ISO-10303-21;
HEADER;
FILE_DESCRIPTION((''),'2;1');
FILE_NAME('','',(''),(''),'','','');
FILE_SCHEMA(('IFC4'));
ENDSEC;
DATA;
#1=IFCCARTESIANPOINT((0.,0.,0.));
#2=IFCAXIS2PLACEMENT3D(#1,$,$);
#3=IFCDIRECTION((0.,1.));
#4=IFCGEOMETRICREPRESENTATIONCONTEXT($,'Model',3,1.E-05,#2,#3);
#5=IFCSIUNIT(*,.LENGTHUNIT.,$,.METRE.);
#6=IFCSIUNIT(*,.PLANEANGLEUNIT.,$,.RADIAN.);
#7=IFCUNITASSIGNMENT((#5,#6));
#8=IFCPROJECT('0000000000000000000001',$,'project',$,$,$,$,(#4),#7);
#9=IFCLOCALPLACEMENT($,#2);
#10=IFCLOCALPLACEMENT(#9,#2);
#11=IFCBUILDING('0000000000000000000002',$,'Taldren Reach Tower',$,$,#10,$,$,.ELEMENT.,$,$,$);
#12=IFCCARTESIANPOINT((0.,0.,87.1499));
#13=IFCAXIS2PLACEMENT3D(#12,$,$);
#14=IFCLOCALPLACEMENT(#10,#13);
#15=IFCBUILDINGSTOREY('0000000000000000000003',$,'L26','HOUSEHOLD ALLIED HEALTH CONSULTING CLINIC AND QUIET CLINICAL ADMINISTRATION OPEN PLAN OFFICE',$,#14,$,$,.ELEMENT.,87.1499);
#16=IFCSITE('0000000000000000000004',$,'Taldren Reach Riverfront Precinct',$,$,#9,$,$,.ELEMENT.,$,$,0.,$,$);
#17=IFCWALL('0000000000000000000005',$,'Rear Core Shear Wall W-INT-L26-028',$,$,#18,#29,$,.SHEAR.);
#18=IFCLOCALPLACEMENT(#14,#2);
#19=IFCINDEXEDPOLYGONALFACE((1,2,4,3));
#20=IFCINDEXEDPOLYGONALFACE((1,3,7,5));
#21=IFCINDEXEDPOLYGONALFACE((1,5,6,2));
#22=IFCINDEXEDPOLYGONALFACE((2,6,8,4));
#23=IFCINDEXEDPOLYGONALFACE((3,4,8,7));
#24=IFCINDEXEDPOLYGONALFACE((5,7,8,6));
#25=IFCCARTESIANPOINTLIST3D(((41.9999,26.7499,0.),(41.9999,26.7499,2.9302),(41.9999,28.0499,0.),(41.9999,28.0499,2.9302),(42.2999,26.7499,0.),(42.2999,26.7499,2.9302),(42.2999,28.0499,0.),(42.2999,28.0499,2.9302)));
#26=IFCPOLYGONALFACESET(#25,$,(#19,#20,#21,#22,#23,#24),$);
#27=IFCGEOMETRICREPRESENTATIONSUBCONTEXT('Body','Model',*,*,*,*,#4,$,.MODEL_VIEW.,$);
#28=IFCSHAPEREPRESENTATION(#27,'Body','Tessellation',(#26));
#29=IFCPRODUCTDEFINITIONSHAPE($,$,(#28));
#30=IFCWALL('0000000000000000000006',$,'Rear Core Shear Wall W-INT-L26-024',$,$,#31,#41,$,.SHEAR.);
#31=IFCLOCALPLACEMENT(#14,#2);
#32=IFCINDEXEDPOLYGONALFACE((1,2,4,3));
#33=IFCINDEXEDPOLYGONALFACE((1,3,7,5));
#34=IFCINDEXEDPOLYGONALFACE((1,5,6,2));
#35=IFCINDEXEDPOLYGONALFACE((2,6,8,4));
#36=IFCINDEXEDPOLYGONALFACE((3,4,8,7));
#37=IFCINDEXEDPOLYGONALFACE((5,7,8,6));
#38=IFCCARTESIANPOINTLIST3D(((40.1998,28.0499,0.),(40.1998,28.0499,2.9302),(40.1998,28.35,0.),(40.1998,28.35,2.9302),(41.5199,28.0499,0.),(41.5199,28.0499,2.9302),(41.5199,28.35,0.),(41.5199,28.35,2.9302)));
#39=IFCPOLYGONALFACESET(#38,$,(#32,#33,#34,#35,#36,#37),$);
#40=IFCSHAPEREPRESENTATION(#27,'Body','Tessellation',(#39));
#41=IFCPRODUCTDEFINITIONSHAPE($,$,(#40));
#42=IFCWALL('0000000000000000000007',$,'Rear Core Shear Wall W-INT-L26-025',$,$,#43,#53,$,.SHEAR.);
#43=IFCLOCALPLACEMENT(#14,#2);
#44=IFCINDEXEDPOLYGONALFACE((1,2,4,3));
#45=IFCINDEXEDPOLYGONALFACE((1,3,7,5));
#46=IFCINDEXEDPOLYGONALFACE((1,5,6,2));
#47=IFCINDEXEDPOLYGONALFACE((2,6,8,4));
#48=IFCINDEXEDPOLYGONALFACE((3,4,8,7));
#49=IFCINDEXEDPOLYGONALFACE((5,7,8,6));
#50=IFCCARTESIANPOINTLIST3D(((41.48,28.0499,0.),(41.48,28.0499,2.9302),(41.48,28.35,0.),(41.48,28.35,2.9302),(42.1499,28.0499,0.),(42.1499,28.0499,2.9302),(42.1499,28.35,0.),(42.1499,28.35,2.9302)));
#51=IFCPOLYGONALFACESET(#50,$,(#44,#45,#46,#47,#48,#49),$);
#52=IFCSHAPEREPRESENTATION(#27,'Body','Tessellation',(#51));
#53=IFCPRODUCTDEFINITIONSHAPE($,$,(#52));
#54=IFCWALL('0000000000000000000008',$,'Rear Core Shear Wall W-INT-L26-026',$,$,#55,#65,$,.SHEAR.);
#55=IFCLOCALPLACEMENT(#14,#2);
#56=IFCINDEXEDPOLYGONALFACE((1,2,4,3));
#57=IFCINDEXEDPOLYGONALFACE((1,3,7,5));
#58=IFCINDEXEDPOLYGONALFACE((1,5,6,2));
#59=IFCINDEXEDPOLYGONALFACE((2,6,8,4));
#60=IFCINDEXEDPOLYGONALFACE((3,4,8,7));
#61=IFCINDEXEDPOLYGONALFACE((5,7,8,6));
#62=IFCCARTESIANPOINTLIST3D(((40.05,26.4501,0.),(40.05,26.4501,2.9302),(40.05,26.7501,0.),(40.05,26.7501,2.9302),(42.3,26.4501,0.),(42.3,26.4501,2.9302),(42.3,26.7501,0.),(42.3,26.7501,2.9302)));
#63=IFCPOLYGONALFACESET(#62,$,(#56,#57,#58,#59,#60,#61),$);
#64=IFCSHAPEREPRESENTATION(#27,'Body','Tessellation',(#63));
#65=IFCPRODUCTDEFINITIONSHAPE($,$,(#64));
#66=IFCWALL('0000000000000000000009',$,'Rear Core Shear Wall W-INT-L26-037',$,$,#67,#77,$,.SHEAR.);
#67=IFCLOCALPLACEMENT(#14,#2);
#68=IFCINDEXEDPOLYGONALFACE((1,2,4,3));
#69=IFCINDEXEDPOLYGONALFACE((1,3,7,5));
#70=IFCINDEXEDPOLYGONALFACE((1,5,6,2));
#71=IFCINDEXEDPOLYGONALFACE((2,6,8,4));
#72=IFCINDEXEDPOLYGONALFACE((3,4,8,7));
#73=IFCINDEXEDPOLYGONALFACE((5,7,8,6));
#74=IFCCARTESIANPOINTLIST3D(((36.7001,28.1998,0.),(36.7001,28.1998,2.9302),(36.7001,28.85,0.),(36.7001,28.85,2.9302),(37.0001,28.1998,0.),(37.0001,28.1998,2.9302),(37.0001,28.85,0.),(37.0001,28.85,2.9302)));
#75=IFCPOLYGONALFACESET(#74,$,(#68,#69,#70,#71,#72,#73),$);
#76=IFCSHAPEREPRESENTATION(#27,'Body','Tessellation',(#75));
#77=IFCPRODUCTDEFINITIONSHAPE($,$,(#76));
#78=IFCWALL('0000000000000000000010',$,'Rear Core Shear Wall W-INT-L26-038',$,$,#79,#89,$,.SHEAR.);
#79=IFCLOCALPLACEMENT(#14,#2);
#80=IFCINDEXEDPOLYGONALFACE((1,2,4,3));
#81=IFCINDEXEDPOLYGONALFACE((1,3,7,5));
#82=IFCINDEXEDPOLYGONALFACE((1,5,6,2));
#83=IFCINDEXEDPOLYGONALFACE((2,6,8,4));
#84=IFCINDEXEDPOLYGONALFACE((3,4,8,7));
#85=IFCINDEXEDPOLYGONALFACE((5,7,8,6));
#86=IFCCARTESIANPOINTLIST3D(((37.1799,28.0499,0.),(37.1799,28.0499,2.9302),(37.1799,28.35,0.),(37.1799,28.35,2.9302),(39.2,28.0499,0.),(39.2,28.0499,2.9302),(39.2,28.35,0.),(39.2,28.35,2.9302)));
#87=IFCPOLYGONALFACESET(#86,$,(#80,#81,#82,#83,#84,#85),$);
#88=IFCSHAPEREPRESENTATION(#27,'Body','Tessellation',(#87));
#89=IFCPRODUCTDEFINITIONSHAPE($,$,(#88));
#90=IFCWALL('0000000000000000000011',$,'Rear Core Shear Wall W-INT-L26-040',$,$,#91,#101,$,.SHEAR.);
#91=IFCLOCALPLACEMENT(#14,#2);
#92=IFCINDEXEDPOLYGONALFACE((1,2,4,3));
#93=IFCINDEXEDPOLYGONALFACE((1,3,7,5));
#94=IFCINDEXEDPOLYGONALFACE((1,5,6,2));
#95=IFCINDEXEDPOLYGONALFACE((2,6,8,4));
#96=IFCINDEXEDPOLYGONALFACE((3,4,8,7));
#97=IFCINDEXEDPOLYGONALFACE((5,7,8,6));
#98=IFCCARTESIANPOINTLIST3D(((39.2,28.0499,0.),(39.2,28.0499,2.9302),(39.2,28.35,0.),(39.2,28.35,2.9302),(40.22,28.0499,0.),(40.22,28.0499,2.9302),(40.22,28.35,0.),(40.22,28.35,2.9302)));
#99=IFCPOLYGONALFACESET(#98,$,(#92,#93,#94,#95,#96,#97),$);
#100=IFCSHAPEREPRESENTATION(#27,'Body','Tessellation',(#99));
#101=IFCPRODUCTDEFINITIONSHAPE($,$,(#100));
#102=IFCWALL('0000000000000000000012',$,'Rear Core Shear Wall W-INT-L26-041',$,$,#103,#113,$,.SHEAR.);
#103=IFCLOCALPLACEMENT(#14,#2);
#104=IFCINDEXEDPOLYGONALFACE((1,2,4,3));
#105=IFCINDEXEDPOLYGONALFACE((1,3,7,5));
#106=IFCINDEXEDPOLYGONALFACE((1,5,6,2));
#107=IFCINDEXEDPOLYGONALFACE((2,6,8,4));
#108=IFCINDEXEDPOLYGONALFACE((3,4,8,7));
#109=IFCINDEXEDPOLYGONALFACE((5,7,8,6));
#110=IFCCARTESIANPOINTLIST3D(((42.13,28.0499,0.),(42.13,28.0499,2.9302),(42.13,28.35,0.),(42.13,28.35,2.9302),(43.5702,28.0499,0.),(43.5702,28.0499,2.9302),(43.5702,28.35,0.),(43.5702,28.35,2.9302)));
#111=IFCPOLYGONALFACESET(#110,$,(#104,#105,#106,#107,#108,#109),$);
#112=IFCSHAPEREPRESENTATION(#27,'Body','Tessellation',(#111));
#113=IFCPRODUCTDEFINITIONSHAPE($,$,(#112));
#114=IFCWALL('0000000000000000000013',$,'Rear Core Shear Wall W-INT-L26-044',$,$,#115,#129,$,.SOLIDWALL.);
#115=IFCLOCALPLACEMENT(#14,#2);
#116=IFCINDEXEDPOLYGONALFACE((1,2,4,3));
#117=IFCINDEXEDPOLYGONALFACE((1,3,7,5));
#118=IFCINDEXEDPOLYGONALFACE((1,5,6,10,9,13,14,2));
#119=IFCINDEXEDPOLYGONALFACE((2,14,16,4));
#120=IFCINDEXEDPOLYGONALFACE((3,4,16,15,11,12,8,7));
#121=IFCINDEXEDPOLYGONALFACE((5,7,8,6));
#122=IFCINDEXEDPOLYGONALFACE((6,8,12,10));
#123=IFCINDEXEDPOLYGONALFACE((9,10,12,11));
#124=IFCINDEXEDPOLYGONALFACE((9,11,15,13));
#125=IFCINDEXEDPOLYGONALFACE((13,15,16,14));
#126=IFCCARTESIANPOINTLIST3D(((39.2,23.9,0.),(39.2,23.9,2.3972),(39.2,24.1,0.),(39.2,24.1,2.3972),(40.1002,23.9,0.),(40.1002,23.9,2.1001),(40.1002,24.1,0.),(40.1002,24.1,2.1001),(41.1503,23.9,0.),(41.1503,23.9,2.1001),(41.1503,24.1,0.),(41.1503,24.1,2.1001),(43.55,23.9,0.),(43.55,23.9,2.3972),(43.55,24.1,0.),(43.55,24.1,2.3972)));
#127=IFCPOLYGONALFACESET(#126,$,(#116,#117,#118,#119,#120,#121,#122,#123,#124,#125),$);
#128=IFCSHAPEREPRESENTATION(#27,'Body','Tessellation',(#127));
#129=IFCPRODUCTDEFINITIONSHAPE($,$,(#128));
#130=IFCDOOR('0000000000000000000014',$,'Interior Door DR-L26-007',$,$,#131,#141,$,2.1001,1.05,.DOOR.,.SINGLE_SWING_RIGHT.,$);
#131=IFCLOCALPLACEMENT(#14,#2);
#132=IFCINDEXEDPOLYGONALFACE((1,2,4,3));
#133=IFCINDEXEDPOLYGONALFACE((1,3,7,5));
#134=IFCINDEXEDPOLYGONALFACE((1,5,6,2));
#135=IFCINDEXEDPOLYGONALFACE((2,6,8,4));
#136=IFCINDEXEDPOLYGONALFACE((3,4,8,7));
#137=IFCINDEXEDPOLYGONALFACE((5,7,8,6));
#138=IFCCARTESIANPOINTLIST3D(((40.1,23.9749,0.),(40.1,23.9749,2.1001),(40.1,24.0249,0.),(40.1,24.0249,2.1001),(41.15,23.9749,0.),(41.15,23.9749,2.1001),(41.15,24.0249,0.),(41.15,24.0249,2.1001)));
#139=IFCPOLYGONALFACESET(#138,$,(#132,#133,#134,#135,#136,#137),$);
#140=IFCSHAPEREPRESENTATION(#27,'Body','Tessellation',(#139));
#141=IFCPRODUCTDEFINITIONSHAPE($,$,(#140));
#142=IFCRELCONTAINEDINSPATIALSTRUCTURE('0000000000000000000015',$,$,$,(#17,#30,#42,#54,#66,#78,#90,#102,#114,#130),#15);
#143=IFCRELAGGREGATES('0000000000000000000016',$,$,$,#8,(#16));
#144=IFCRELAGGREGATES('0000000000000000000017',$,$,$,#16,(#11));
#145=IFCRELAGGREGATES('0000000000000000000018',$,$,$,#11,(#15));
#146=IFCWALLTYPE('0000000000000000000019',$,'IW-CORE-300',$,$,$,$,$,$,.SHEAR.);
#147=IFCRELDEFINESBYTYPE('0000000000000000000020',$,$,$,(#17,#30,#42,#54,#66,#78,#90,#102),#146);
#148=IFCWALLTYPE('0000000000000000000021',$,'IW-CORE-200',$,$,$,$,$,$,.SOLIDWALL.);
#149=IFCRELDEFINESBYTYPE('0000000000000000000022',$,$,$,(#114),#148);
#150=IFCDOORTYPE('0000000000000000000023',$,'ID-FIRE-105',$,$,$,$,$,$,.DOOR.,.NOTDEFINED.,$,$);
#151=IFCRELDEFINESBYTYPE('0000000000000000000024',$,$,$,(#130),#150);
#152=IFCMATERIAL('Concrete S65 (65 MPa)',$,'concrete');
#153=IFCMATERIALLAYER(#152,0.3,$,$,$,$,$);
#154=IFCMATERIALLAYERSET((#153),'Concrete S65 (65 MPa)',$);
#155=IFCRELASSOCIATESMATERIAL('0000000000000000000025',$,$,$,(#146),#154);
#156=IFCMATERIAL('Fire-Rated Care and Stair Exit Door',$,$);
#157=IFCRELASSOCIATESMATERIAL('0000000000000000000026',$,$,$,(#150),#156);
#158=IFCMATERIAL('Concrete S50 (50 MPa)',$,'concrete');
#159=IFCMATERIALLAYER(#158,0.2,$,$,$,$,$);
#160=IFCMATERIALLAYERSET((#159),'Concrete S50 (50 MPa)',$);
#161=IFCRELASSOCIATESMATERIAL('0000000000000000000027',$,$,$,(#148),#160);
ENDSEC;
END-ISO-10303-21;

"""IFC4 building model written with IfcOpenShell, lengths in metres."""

from ifc_helpers import new_model, si_unit, direction, frame, frame_2d, origin, place, context, subcontext, project, spatial, rectangle, extrude, source, transform, mapped, material, layer, layer_set, type_object, element, fill, save


model = new_model("IFC4")

# Units and contexts
model_context = context("Model", 3, precision=1e-05, world=origin(), true_north=direction((0.0, 1.0)))
body_context = subcontext(model_context, "Body", "Model", "MODEL_VIEW")
ifc_project = project(units=[si_unit("LENGTHUNIT", "METRE"), si_unit("PLANEANGLEUNIT", "RADIAN")], contexts=[model_context])

# Site, building, storey
site_placement = place(None, origin())
site = spatial("IfcSite", under=ifc_project, at=site_placement, Name="Taldren Reach Riverfront Precinct", CompositionType="ELEMENT", RefElevation=0.0)
building_placement = place(site_placement, origin())
building = spatial("IfcBuilding", under=site, at=building_placement, Name="Taldren Reach Tower", CompositionType="ELEMENT")
storey_placement = place(building_placement, frame((0.0, 0.0, 87.1499)))
storey = spatial("IfcBuildingStorey", under=building, at=storey_placement, Name="L26", Description="HOUSEHOLD ALLIED HEALTH CONSULTING CLINIC AND QUIET CLINICAL ADMINISTRATION OPEN PLAN OFFICE", CompositionType="ELEMENT", Elevation=87.1499)

# Shared definitions
ifc_material_1 = material(Name="Concrete S65 (65 MPa)", Category="concrete")
ifc_layer_1 = layer(ifc_material_1, 0.3)
ifc_layer_set_1 = layer_set([ifc_layer_1], Name="Concrete S65 (65 MPa)")
wall_type_1 = type_object("IfcWallType", Name="IW-CORE-300", PredefinedType="SHEAR", material=ifc_layer_set_1)

# Shared definitions
ifc_material_2 = material(Name="Fire-Rated Care and Stair Exit Door")
door_type_1 = type_object("IfcDoorType", Name="ID-FIRE-105", OperationType="NOTDEFINED", PredefinedType="DOOR", material=ifc_material_2)
shared_shape_1 = source(origin(), body_context, "Body", "SweptSolid", [
    extrude(rectangle(XDim=1.05, YDim=2.1001, at=frame_2d((0.5249, 1.05))), frame((0.0, 0.0249, 0.0), z_axis=(0.0, -1.0, 0.0), x_axis=(1.0, 0.0, 0.0)), (0.0, 0.0, 1.0), 0.05),
])

# Walls
ifc_material_3 = material(Name="Concrete S50 (50 MPa)", Category="concrete")
ifc_layer_2 = layer(ifc_material_3, 0.2)
ifc_layer_set_2 = layer_set([ifc_layer_2], Name="Concrete S50 (50 MPa)")
wall_type_2 = type_object("IfcWallType", Name="IW-CORE-200", PredefinedType="SOLIDWALL", material=ifc_layer_set_2)
shared_shape_2 = source(origin(), body_context, "Body", "SweptSolid", [
    extrude(rectangle(XDim=1.3, YDim=0.3, at=frame_2d((0.6499, 0.0))), origin(), (0.0, 0.0, 1.0), 2.9302),
])
for number, where, z_axis, x_axis, name in (
    (1, (42.1499, 26.75, 0.0), (0.0, 0.0, 1.0), (0.0, 1.0, 0.0), "Rear Core Shear Wall W-INT-L26-028"),
):
    element("IfcWall", number, at=place(storey_placement, frame(where, z_axis=z_axis, x_axis=x_axis)), inside=storey, type_object=wall_type_1, Name=name, PredefinedType="SHEAR", context=body_context, shape_type="MappedRepresentation", body=[
        mapped(shared_shape_2, transform((0.0, 0.0, 0.0), scale=1.0)),
    ])
shared_shape_3 = source(origin(), body_context, "Body", "SweptSolid", [
    extrude(rectangle(XDim=1.3201, YDim=0.3, at=frame_2d((0.6602, 0.0))), origin(), (0.0, 0.0, 1.0), 2.9302),
])
wall_1_placement = place(storey_placement, frame((41.52, 28.2, 0.0), z_axis=(0.0, 0.0, 1.0), x_axis=(-1.0, 0.0, 0.0)))
element("IfcWall", 2, at=wall_1_placement, inside=storey, type_object=wall_type_1, Name="Rear Core Shear Wall W-INT-L26-024", PredefinedType="SHEAR", context=body_context, shape_type="MappedRepresentation", body=[
    mapped(shared_shape_3, transform((0.0, 0.0, 0.0), scale=1.0)),
])
shared_shape_4 = source(origin(), body_context, "Body", "SweptSolid", [
    extrude(rectangle(XDim=0.6699, YDim=0.3, at=frame_2d((0.335, 0.0))), origin(), (0.0, 0.0, 1.0), 2.9302),
])
wall_2_placement = place(storey_placement, frame((42.1499, 28.2, 0.0), z_axis=(0.0, 0.0, 1.0), x_axis=(-1.0, 0.0, 0.0)))
element("IfcWall", 3, at=wall_2_placement, inside=storey, type_object=wall_type_1, Name="Rear Core Shear Wall W-INT-L26-025", PredefinedType="SHEAR", context=body_context, shape_type="MappedRepresentation", body=[
    mapped(shared_shape_4, transform((0.0, 0.0, 0.0), scale=1.0)),
])
shared_shape_5 = source(origin(), body_context, "Body", "SweptSolid", [
    extrude(rectangle(XDim=2.25, YDim=0.3, at=frame_2d((1.125, 0.0))), origin(), (0.0, 0.0, 1.0), 2.9302),
])
wall_3_placement = place(storey_placement, frame((40.05, 26.6001, 0.0), z_axis=(0.0, 0.0, 1.0), x_axis=(1.0, 0.0, 0.0)))
element("IfcWall", 4, at=wall_3_placement, inside=storey, type_object=wall_type_1, Name="Rear Core Shear Wall W-INT-L26-026", PredefinedType="SHEAR", context=body_context, shape_type="MappedRepresentation", body=[
    mapped(shared_shape_5, transform((0.0, 0.0, 0.0), scale=1.0)),
])
shared_shape_6 = source(origin(), body_context, "Body", "SweptSolid", [
    extrude(rectangle(XDim=0.6501, YDim=0.3, at=frame_2d((0.3252, 0.0))), origin(), (0.0, 0.0, 1.0), 2.9302),
])
wall_4_placement = place(storey_placement, frame((36.8501, 28.8501, 0.0), z_axis=(0.0, 0.0, 1.0), x_axis=(0.0, -1.0, 0.0)))
element("IfcWall", 5, at=wall_4_placement, inside=storey, type_object=wall_type_1, Name="Rear Core Shear Wall W-INT-L26-037", PredefinedType="SHEAR", context=body_context, shape_type="MappedRepresentation", body=[
    mapped(shared_shape_6, transform((0.0, 0.0, 0.0), scale=1.0)),
])
shared_shape_7 = source(origin(), body_context, "Body", "SweptSolid", [
    extrude(rectangle(XDim=2.02, YDim=0.3, at=frame_2d((1.01, 0.0))), origin(), (0.0, 0.0, 1.0), 2.9302),
])
wall_5_placement = place(storey_placement, frame((37.1799, 28.2, 0.0), z_axis=(0.0, 0.0, 1.0), x_axis=(1.0, 0.0, 0.0)))
element("IfcWall", 6, at=wall_5_placement, inside=storey, type_object=wall_type_1, Name="Rear Core Shear Wall W-INT-L26-038", PredefinedType="SHEAR", context=body_context, shape_type="MappedRepresentation", body=[
    mapped(shared_shape_7, transform((0.0, 0.0, 0.0), scale=1.0)),
])
shared_shape_8 = source(origin(), body_context, "Body", "SweptSolid", [
    extrude(rectangle(XDim=1.02, YDim=0.3, at=frame_2d((0.51, 0.0))), origin(), (0.0, 0.0, 1.0), 2.9302),
])
wall_6_placement = place(storey_placement, frame((39.2, 28.2, 0.0), z_axis=(0.0, 0.0, 1.0), x_axis=(1.0, 0.0, 0.0)))
element("IfcWall", 7, at=wall_6_placement, inside=storey, type_object=wall_type_1, Name="Rear Core Shear Wall W-INT-L26-040", PredefinedType="SHEAR", context=body_context, shape_type="MappedRepresentation", body=[
    mapped(shared_shape_8, transform((0.0, 0.0, 0.0), scale=1.0)),
])
shared_shape_9 = source(origin(), body_context, "Body", "SweptSolid", [
    extrude(rectangle(XDim=1.4402, YDim=0.3, at=frame_2d((0.7202, 0.0))), origin(), (0.0, 0.0, 1.0), 2.9302),
])
wall_7_placement = place(storey_placement, frame((42.1299, 28.2, 0.0), z_axis=(0.0, 0.0, 1.0), x_axis=(1.0, 0.0, 0.0)))
element("IfcWall", 8, at=wall_7_placement, inside=storey, type_object=wall_type_1, Name="Rear Core Shear Wall W-INT-L26-041", PredefinedType="SHEAR", context=body_context, shape_type="MappedRepresentation", body=[
    mapped(shared_shape_9, transform((0.0, 0.0, 0.0), scale=1.0)),
])

# Wall, opening, door
shared_shape_10 = source(origin(), body_context, "Body", "SweptSolid", [
    extrude(rectangle(XDim=4.3501, YDim=0.2, at=frame_2d((2.175, 0.0))), origin(), (0.0, 0.0, 1.0), 2.3972),
])
wall_8_placement = place(storey_placement, frame((43.55, 24.0, 0.0), z_axis=(0.0, 0.0, 1.0), x_axis=(-1.0, 0.0, 0.0)))
wall_8 = element("IfcWall", 9, at=wall_8_placement, inside=storey, type_object=wall_type_2, Name="Rear Core Shear Wall W-INT-L26-044", PredefinedType="SOLIDWALL", context=body_context, shape_type="MappedRepresentation", body=[
    mapped(shared_shape_10, transform((0.0, 0.0, 0.0), scale=1.0)),
])
shared_shape_11 = source(origin(), body_context, "Body", "SweptSolid", [
    extrude(rectangle(XDim=1.05, YDim=2.1001, at=frame_2d((0.5249, 1.05))), frame((0.0, 0.1099, 0.0), z_axis=(0.0, -1.0, 0.0), x_axis=(1.0, 0.0, 0.0)), (0.0, 0.0, 1.0), 0.22),
])
opening_1_placement = place(wall_8_placement, frame((2.3999, 0.0, 0.0)))
opening_1 = element("IfcOpeningElement", 10, at=opening_1_placement, cuts=wall_8, PredefinedType="OPENING", context=body_context, shape_type="MappedRepresentation", body=[
    mapped(shared_shape_11, transform((0.0, 0.0, 0.0), scale=1.0)),
])
door_1_placement = place(opening_1_placement, frame((1.05, 0.0, 0.0), z_axis=(0.0, 0.0, 1.0), x_axis=(-1.0, 0.0, 0.0)))
door_1 = element("IfcDoor", 11, at=door_1_placement, inside=storey, type_object=door_type_1, Name="Interior Door DR-L26-007", OperationType="SINGLE_SWING_RIGHT", OverallHeight=2.1001, OverallWidth=1.05, PredefinedType="DOOR", context=body_context, shape_type="MappedRepresentation", body=[
    mapped(shared_shape_1, transform((0.0, 0.0, 0.0), scale=1.0)),
])
fill(opening_1, door_1)

save(model, "model.ifc")
